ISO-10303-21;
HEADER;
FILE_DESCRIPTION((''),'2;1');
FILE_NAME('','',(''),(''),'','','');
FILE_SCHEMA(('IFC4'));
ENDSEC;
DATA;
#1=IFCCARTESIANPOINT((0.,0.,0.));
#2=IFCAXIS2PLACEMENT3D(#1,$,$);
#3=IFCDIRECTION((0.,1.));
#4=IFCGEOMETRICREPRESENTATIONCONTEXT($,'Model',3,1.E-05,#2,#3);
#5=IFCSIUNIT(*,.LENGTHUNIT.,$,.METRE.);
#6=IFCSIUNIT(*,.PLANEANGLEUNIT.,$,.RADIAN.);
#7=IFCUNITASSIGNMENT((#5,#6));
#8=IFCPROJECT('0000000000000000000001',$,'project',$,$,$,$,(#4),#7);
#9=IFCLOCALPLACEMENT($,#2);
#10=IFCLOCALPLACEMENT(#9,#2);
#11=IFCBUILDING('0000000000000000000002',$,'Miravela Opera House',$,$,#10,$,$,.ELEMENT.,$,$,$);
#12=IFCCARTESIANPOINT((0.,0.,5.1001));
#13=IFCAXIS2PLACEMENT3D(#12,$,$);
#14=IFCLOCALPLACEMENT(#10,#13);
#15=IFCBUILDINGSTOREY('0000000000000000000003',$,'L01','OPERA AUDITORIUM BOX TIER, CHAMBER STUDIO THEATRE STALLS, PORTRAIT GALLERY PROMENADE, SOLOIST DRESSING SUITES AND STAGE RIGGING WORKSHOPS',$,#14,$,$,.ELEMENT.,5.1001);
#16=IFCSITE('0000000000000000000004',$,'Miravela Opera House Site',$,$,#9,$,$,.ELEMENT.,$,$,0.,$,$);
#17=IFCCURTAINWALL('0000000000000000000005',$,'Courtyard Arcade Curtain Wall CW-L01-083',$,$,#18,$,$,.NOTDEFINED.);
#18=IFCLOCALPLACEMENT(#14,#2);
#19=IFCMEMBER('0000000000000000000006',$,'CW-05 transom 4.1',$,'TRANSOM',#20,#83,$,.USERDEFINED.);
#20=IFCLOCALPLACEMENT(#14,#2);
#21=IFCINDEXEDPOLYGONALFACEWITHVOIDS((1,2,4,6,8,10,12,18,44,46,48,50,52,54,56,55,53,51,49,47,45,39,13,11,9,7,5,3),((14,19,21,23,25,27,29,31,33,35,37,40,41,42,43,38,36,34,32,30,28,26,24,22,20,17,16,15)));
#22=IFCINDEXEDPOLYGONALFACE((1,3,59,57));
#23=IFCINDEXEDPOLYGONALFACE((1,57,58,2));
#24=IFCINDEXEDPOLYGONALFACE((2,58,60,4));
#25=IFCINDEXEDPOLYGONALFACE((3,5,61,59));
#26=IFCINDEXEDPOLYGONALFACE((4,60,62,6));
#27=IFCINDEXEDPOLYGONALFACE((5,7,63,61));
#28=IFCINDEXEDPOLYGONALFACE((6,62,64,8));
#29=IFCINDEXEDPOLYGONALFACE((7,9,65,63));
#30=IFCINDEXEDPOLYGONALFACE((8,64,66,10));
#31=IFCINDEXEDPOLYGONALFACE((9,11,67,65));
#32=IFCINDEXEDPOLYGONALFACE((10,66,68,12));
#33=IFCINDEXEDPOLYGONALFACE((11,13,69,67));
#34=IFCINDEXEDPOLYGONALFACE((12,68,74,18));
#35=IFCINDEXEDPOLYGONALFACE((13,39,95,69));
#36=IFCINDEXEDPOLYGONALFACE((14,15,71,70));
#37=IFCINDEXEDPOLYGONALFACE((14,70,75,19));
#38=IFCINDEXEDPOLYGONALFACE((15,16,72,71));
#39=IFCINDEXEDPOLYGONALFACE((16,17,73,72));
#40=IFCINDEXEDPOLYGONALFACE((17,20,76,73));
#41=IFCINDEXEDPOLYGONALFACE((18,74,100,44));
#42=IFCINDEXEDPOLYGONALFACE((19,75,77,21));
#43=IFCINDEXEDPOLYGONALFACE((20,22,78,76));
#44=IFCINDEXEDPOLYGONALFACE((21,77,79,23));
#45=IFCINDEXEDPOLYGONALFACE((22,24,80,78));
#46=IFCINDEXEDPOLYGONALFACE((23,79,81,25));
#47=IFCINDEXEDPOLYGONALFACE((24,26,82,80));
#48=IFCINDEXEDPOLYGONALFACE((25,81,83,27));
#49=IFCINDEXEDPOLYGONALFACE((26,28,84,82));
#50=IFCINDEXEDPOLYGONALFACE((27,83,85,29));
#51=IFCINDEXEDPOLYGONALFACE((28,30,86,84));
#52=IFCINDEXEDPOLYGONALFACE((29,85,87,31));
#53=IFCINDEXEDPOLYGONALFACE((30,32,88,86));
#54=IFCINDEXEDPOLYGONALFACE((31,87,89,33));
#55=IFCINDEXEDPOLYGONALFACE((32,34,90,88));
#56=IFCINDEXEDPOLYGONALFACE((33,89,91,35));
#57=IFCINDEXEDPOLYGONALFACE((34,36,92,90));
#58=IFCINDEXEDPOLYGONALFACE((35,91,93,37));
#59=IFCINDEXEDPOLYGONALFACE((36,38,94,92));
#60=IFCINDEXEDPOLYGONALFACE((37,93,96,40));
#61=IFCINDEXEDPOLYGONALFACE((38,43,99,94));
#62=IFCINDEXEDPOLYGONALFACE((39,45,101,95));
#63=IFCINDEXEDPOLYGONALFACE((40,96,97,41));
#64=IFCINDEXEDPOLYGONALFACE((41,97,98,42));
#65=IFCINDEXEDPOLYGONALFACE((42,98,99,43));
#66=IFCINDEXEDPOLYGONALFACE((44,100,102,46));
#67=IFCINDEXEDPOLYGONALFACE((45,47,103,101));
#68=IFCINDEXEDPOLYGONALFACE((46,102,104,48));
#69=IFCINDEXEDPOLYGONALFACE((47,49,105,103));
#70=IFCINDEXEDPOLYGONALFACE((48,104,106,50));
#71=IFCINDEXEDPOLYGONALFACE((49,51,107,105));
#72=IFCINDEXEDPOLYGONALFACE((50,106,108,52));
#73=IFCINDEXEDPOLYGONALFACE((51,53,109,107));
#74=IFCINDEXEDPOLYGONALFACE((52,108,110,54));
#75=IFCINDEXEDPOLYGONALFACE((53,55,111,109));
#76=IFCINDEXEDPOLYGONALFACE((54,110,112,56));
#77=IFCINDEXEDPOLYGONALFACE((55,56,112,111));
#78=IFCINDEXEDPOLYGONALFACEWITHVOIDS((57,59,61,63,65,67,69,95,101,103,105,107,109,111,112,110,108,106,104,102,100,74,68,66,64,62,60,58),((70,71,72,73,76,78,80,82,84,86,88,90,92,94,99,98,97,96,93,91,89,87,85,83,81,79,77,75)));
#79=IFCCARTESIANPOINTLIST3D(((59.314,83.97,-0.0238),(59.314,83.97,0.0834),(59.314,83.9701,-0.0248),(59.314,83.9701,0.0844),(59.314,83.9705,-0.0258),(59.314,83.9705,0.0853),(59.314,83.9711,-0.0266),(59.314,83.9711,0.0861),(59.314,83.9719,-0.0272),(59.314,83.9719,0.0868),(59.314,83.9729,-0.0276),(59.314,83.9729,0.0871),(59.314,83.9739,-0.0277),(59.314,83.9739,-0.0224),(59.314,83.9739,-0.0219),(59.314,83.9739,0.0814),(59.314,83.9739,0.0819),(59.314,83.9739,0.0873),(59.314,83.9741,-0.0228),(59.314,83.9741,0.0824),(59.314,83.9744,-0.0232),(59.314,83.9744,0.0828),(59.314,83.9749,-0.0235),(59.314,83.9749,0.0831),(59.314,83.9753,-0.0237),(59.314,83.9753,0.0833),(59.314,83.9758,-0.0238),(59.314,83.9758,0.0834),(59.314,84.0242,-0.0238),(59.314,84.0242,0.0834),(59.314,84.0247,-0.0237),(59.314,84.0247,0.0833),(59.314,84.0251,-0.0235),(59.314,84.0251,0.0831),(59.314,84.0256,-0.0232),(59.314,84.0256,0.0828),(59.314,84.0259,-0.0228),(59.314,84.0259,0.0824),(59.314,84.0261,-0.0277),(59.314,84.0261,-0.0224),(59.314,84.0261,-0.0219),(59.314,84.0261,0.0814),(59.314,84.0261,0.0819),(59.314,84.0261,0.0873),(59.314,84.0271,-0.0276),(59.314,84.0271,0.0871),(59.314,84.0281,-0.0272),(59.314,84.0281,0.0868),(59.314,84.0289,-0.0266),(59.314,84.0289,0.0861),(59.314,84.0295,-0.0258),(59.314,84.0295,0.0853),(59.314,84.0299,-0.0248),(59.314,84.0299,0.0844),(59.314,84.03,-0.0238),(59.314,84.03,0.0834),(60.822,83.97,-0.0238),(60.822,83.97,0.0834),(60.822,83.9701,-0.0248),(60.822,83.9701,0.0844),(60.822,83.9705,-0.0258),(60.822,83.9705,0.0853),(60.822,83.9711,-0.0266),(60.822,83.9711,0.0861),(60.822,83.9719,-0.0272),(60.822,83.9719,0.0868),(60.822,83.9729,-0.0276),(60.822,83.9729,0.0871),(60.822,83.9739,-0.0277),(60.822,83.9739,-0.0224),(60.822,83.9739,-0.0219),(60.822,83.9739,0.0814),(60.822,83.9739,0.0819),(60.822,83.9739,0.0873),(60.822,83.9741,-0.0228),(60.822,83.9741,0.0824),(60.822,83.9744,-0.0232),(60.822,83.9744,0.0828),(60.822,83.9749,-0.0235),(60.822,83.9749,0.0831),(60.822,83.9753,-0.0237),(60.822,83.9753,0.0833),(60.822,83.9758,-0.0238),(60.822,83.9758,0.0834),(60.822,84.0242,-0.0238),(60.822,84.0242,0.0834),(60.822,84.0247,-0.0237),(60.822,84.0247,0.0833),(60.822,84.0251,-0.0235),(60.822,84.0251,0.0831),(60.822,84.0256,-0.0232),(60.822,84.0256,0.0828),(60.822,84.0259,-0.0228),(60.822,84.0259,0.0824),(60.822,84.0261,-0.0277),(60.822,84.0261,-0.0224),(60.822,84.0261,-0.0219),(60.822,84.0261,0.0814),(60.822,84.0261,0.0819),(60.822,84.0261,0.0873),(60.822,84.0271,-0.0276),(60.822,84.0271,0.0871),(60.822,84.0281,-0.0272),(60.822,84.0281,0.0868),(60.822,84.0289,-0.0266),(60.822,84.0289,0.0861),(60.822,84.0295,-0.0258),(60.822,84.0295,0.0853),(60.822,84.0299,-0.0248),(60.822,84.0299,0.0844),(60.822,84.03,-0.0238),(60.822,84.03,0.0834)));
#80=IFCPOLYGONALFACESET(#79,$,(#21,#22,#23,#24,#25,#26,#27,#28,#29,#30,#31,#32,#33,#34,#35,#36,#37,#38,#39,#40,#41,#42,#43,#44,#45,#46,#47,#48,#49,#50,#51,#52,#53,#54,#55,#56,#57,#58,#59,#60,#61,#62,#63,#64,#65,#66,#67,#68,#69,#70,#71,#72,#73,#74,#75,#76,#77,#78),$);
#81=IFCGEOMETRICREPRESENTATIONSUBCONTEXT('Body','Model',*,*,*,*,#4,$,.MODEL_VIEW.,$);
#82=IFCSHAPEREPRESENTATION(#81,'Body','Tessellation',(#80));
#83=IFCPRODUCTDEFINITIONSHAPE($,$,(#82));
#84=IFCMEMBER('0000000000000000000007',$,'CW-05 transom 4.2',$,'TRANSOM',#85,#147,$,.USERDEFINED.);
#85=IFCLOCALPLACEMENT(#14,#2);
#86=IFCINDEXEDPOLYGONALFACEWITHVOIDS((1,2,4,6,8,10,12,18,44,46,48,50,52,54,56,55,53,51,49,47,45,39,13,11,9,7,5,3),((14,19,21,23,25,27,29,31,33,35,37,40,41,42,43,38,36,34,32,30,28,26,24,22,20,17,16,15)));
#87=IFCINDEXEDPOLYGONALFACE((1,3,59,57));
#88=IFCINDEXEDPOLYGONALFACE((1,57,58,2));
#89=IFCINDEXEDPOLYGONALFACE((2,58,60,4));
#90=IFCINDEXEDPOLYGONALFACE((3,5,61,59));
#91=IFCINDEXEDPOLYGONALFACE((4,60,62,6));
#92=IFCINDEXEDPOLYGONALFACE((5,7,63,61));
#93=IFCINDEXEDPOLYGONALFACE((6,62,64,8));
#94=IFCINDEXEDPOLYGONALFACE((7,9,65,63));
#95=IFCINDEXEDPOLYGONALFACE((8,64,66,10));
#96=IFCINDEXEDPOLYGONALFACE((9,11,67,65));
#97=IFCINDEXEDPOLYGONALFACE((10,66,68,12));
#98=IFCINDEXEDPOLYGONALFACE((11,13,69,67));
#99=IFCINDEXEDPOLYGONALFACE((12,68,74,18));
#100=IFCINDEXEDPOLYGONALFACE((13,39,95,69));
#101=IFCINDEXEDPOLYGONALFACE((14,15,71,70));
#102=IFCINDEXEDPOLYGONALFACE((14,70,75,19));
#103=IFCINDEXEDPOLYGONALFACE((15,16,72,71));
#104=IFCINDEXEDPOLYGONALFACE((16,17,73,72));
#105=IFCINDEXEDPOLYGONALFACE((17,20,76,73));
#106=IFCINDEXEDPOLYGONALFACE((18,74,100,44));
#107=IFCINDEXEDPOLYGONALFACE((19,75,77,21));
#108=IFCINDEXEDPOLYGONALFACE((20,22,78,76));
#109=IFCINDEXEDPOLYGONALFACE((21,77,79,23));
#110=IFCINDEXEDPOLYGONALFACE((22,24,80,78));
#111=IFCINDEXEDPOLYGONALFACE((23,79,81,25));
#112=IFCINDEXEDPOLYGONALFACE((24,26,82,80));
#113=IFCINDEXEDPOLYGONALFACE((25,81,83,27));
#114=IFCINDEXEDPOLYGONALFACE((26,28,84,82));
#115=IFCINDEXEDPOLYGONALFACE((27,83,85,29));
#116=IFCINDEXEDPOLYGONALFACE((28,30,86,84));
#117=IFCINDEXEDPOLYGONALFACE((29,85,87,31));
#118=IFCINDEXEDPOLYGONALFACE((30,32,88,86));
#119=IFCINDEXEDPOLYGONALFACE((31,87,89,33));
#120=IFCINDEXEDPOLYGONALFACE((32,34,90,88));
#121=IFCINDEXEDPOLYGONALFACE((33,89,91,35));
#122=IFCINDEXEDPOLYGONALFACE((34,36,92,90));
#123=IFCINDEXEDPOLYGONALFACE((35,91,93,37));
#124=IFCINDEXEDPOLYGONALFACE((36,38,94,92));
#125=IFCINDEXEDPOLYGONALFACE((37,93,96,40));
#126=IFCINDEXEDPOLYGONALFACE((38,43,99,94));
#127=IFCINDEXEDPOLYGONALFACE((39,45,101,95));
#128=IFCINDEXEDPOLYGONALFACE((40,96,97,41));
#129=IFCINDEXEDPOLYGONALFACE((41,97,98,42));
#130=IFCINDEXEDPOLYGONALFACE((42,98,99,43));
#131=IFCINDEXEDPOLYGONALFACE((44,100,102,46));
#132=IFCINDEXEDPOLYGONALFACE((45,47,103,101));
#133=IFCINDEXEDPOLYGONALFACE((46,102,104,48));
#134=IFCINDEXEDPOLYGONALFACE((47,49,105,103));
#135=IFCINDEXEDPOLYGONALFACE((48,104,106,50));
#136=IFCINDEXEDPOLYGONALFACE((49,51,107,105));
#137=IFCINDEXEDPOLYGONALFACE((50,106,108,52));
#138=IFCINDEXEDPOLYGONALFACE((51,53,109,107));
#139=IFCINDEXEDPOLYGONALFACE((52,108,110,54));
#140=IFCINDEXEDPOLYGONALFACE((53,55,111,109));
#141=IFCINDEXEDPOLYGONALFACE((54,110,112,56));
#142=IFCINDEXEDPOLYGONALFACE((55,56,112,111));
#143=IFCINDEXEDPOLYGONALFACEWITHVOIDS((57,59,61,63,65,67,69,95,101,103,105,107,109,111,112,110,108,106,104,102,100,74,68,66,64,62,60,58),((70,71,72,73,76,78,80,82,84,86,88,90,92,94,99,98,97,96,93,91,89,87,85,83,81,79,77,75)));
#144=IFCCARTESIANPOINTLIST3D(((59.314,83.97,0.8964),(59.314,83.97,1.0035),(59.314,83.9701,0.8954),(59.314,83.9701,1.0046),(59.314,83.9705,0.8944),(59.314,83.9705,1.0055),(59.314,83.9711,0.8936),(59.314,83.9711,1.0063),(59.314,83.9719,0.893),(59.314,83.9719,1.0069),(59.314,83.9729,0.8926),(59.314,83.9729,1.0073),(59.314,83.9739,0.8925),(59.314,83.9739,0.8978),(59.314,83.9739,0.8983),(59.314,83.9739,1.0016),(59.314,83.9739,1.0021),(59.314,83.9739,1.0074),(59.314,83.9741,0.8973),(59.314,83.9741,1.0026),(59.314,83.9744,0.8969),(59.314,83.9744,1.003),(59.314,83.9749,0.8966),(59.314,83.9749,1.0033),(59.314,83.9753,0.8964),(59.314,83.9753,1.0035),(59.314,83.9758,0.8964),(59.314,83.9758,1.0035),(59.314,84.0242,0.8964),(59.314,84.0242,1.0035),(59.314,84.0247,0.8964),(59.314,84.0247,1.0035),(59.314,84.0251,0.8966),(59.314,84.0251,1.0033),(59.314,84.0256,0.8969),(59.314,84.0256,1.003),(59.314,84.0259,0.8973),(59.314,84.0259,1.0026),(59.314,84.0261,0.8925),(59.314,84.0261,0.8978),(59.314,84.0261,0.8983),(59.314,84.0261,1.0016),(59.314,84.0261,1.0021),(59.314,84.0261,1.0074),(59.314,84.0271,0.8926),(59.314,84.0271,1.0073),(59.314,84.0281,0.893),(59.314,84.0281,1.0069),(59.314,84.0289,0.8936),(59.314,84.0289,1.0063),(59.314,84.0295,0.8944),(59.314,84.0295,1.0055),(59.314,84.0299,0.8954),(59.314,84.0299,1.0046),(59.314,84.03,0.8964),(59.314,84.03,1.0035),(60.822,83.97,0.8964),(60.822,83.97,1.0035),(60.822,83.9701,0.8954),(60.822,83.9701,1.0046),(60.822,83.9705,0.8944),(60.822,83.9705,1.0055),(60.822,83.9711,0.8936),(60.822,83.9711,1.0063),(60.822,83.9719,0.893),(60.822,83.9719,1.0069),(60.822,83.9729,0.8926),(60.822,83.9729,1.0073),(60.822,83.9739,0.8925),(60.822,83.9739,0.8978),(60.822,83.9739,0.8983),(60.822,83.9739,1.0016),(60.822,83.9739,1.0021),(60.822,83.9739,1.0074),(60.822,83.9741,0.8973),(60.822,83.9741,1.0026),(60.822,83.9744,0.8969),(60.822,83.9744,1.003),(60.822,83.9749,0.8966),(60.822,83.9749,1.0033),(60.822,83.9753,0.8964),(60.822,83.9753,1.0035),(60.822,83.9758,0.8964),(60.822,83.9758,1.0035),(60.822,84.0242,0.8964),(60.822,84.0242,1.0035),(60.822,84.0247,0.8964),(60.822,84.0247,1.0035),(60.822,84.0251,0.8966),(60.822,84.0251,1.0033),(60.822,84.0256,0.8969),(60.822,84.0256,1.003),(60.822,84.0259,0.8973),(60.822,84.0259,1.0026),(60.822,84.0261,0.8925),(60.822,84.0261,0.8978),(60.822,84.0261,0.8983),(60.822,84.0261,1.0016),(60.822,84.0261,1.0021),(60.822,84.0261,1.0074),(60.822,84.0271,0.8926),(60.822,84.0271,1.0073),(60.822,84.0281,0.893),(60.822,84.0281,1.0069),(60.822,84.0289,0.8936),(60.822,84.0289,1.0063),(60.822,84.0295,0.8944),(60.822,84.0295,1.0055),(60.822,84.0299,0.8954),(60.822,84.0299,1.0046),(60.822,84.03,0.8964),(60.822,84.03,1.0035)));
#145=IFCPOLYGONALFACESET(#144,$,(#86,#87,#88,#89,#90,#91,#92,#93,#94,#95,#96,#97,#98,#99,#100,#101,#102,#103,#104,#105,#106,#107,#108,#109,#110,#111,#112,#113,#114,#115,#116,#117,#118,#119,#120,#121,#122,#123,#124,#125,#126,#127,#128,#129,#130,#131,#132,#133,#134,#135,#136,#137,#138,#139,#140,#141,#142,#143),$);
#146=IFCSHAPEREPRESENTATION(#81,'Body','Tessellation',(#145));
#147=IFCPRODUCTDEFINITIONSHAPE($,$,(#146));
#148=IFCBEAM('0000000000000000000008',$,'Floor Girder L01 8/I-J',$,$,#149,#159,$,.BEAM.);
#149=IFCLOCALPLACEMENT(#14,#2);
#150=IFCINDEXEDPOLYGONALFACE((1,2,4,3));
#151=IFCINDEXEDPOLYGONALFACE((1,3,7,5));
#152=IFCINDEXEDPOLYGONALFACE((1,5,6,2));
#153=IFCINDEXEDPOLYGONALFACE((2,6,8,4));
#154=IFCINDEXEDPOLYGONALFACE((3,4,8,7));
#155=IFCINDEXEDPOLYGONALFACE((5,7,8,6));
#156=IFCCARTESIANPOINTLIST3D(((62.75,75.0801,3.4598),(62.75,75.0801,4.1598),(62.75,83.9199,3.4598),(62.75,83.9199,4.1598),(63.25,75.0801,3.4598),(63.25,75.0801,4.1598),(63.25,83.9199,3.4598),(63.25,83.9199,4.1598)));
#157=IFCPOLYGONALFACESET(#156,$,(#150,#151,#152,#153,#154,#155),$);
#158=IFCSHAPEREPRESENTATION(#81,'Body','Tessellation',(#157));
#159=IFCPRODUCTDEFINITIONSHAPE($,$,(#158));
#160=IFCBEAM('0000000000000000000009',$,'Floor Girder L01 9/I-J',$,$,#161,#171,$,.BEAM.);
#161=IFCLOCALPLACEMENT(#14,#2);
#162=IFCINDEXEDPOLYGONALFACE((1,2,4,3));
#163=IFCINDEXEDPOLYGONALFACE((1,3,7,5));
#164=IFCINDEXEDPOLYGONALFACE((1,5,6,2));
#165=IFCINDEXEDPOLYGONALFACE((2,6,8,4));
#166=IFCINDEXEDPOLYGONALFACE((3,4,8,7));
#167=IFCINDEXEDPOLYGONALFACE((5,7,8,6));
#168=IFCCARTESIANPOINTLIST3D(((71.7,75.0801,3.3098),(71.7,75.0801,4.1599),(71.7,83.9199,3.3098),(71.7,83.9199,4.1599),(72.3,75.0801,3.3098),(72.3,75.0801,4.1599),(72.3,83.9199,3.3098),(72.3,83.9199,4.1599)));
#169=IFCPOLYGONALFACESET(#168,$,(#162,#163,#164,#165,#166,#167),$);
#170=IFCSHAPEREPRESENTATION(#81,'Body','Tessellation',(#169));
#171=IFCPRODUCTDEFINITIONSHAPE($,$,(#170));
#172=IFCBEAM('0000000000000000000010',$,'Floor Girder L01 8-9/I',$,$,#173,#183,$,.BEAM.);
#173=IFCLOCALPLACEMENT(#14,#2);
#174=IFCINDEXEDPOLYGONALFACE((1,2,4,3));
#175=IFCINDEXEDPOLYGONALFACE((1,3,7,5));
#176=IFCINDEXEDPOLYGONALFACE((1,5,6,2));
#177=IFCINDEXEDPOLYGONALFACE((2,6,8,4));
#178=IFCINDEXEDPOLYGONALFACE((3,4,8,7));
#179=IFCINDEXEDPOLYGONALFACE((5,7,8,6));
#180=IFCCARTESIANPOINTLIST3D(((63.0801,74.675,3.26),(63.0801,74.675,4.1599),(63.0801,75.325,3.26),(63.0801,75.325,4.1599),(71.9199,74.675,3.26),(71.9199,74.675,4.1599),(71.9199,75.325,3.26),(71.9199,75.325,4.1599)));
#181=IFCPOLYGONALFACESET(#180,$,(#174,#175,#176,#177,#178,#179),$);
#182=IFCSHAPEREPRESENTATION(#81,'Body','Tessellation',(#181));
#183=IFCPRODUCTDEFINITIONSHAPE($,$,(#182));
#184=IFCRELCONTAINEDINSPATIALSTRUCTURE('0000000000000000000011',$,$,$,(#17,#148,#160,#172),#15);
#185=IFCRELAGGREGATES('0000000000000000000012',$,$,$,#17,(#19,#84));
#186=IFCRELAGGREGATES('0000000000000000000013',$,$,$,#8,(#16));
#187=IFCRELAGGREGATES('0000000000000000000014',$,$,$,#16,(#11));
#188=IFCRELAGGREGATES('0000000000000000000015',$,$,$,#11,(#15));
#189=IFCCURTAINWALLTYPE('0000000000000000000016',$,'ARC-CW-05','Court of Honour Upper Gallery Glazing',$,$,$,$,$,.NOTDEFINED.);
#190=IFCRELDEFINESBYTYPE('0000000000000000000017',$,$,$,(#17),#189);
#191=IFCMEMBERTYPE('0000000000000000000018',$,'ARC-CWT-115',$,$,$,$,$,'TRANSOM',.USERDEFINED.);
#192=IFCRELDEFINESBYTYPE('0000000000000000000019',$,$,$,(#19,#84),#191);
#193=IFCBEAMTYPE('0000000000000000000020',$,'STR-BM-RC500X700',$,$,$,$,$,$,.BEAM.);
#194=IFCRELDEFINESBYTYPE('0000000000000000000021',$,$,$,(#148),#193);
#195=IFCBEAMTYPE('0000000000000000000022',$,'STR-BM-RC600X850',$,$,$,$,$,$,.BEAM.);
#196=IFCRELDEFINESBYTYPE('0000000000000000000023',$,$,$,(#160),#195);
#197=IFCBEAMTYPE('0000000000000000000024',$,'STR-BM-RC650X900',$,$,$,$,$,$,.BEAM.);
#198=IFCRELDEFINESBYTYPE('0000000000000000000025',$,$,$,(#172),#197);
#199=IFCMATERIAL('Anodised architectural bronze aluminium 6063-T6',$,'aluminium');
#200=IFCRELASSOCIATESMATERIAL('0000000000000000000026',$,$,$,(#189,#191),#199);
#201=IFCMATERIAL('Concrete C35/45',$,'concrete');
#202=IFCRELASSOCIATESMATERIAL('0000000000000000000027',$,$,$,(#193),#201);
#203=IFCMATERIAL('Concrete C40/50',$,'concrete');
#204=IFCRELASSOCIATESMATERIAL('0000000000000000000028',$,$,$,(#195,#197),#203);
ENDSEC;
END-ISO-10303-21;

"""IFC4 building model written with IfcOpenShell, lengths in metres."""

from ifc_helpers import new_model, si_unit, direction, frame, origin, origin_2d, place, context, subcontext, project, spatial, rectangle, hollow_rectangle, extrude, material, material_profile, profile_set, type_object, element, aggregate, save


model = new_model("IFC4")

# Units and contexts
model_context = context("Model", 3, precision=1e-05, world=origin(), true_north=direction((0.0, 1.0)))
body_context = subcontext(model_context, "Body", "Model", "MODEL_VIEW")
ifc_project = project(units=[si_unit("LENGTHUNIT", "METRE"), si_unit("PLANEANGLEUNIT", "RADIAN")], contexts=[model_context])

# Site, building, storey
site_placement = place(None, origin())
site = spatial("IfcSite", under=ifc_project, at=site_placement, Name="Miravela Opera House Site", CompositionType="ELEMENT", RefElevation=0.0)
building_placement = place(site_placement, origin())
building = spatial("IfcBuilding", under=site, at=building_placement, Name="Miravela Opera House", CompositionType="ELEMENT")
storey_placement = place(building_placement, frame((0.0, 0.0, 5.1001)))
storey = spatial("IfcBuildingStorey", under=building, at=storey_placement, Name="L01", Description="OPERA AUDITORIUM BOX TIER, CHAMBER STUDIO THEATRE STALLS, PORTRAIT GALLERY PROMENADE, SOLOIST DRESSING SUITES AND STAGE RIGGING WORKSHOPS", CompositionType="ELEMENT", Elevation=5.1001)

# Shared definitions
ifc_material_1 = material(Name="Concrete C40/50", Category="concrete")
ifc_material_2 = material(Name="Concrete C35/45", Category="concrete")

# Curtain wall, members
ifc_material_3 = material(Name="Anodised architectural bronze aluminium 6063-T6", Category="aluminium")
curtain_wall_type = type_object("IfcCurtainWallType", Name="ARC-CW-05", Description="Court of Honour Upper Gallery Glazing", PredefinedType="NOTDEFINED", material=ifc_material_3)
curtain_wall_placement = place(storey_placement, origin())
curtain_wall = element("IfcCurtainWall", 1, at=curtain_wall_placement, inside=storey, type_object=curtain_wall_type, Name="Courtyard Arcade Curtain Wall CW-L01-083", PredefinedType="NOTDEFINED")
ifc_material_profile_1 = material_profile(ifc_material_3, hollow_rectangle(XDim=0.0601, YDim=0.115, WallThickness=0.0039, InnerFilletRadius=0.002, OuterFilletRadius=0.0039, at=origin_2d()), Name="CWT-60X115")
ifc_profile_set_1 = profile_set([ifc_material_profile_1])
member_type_1 = type_object("IfcMemberType", Name="ARC-CWT-115", ElementType="TRANSOM", PredefinedType="USERDEFINED", material=ifc_profile_set_1)
member_1_placement = place(storey_placement, frame((59.314, 84.0, 0.0298), z_axis=(1.0, 0.0, 0.0), x_axis=(0.0, 1.0, 0.0)))
member_1 = element("IfcMember", 2, at=member_1_placement, type_object=member_type_1, Name="CW-05 transom 4.1", ObjectType="TRANSOM", PredefinedType="USERDEFINED", context=body_context, shape_type="SweptSolid", body=[
    extrude(hollow_rectangle(XDim=0.0601, YDim=0.115, WallThickness=0.0039, InnerFilletRadius=0.002, OuterFilletRadius=0.0039, at=origin_2d()), origin(), (0.0, 0.0, 1.0), 1.5081),
])
member_2_placement = place(storey_placement, frame((59.314, 84.0, 0.95), z_axis=(1.0, 0.0, 0.0), x_axis=(0.0, 1.0, 0.0)))
member_2 = element("IfcMember", 3, at=member_2_placement, type_object=member_type_1, Name="CW-05 transom 4.2", ObjectType="TRANSOM", PredefinedType="USERDEFINED", context=body_context, shape_type="SweptSolid", body=[
    extrude(hollow_rectangle(XDim=0.0601, YDim=0.115, WallThickness=0.0039, InnerFilletRadius=0.002, OuterFilletRadius=0.0039, at=origin_2d()), origin(), (0.0, 0.0, 1.0), 1.5081),
])
aggregate(curtain_wall, [member_1, member_2])

# Beams
ifc_material_profile_2 = material_profile(ifc_material_2, rectangle(XDim=0.5, YDim=0.7, at=origin_2d()), Name="RC-BM-500X700")
ifc_profile_set_2 = profile_set([ifc_material_profile_2])
beam_type_1 = type_object("IfcBeamType", Name="STR-BM-RC500X700", PredefinedType="BEAM", material=ifc_profile_set_2)
beam_1_placement = place(storey_placement, frame((63.0, 75.0801, 3.8098), z_axis=(0.0, 1.0, 0.0), x_axis=(-1.0, 0.0, 0.0)))
element("IfcBeam", 4, at=beam_1_placement, inside=storey, type_object=beam_type_1, Name="Floor Girder L01 8/I-J", PredefinedType="BEAM", context=body_context, shape_type="SweptSolid", body=[
    extrude(rectangle(XDim=0.5, YDim=0.7, at=origin_2d()), origin(), (0.0, 0.0, 1.0), 8.8398),
])
ifc_material_profile_3 = material_profile(ifc_material_1, rectangle(XDim=0.6001, YDim=0.8501, at=origin_2d()), Name="RC-BM-600X850")
ifc_profile_set_3 = profile_set([ifc_material_profile_3])
beam_type_2 = type_object("IfcBeamType", Name="STR-BM-RC600X850", PredefinedType="BEAM", material=ifc_profile_set_3)
beam_2_placement = place(storey_placement, frame((72.0, 75.0801, 3.7349), z_axis=(0.0, 1.0, 0.0), x_axis=(-1.0, 0.0, 0.0)))
element("IfcBeam", 5, at=beam_2_placement, inside=storey, type_object=beam_type_2, Name="Floor Girder L01 9/I-J", PredefinedType="BEAM", context=body_context, shape_type="SweptSolid", body=[
    extrude(rectangle(XDim=0.6001, YDim=0.8501, at=origin_2d()), origin(), (0.0, 0.0, 1.0), 8.8398),
])
ifc_material_profile_4 = material_profile(ifc_material_1, rectangle(XDim=0.6499, YDim=0.8999, at=origin_2d()), Name="RC-BM-650X900")
ifc_profile_set_4 = profile_set([ifc_material_profile_4])
beam_type_3 = type_object("IfcBeamType", Name="STR-BM-RC650X900", PredefinedType="BEAM", material=ifc_profile_set_4)
beam_3_placement = place(storey_placement, frame((63.0801, 75.0, 3.71), z_axis=(1.0, 0.0, 0.0), x_axis=(0.0, 1.0, 0.0)))
element("IfcBeam", 6, at=beam_3_placement, inside=storey, type_object=beam_type_3, Name="Floor Girder L01 8-9/I", PredefinedType="BEAM", context=body_context, shape_type="SweptSolid", body=[
    extrude(rectangle(XDim=0.6499, YDim=0.8999, at=origin_2d()), origin(), (0.0, 0.0, 1.0), 8.8398),
])

save(model, "model.ifc")
